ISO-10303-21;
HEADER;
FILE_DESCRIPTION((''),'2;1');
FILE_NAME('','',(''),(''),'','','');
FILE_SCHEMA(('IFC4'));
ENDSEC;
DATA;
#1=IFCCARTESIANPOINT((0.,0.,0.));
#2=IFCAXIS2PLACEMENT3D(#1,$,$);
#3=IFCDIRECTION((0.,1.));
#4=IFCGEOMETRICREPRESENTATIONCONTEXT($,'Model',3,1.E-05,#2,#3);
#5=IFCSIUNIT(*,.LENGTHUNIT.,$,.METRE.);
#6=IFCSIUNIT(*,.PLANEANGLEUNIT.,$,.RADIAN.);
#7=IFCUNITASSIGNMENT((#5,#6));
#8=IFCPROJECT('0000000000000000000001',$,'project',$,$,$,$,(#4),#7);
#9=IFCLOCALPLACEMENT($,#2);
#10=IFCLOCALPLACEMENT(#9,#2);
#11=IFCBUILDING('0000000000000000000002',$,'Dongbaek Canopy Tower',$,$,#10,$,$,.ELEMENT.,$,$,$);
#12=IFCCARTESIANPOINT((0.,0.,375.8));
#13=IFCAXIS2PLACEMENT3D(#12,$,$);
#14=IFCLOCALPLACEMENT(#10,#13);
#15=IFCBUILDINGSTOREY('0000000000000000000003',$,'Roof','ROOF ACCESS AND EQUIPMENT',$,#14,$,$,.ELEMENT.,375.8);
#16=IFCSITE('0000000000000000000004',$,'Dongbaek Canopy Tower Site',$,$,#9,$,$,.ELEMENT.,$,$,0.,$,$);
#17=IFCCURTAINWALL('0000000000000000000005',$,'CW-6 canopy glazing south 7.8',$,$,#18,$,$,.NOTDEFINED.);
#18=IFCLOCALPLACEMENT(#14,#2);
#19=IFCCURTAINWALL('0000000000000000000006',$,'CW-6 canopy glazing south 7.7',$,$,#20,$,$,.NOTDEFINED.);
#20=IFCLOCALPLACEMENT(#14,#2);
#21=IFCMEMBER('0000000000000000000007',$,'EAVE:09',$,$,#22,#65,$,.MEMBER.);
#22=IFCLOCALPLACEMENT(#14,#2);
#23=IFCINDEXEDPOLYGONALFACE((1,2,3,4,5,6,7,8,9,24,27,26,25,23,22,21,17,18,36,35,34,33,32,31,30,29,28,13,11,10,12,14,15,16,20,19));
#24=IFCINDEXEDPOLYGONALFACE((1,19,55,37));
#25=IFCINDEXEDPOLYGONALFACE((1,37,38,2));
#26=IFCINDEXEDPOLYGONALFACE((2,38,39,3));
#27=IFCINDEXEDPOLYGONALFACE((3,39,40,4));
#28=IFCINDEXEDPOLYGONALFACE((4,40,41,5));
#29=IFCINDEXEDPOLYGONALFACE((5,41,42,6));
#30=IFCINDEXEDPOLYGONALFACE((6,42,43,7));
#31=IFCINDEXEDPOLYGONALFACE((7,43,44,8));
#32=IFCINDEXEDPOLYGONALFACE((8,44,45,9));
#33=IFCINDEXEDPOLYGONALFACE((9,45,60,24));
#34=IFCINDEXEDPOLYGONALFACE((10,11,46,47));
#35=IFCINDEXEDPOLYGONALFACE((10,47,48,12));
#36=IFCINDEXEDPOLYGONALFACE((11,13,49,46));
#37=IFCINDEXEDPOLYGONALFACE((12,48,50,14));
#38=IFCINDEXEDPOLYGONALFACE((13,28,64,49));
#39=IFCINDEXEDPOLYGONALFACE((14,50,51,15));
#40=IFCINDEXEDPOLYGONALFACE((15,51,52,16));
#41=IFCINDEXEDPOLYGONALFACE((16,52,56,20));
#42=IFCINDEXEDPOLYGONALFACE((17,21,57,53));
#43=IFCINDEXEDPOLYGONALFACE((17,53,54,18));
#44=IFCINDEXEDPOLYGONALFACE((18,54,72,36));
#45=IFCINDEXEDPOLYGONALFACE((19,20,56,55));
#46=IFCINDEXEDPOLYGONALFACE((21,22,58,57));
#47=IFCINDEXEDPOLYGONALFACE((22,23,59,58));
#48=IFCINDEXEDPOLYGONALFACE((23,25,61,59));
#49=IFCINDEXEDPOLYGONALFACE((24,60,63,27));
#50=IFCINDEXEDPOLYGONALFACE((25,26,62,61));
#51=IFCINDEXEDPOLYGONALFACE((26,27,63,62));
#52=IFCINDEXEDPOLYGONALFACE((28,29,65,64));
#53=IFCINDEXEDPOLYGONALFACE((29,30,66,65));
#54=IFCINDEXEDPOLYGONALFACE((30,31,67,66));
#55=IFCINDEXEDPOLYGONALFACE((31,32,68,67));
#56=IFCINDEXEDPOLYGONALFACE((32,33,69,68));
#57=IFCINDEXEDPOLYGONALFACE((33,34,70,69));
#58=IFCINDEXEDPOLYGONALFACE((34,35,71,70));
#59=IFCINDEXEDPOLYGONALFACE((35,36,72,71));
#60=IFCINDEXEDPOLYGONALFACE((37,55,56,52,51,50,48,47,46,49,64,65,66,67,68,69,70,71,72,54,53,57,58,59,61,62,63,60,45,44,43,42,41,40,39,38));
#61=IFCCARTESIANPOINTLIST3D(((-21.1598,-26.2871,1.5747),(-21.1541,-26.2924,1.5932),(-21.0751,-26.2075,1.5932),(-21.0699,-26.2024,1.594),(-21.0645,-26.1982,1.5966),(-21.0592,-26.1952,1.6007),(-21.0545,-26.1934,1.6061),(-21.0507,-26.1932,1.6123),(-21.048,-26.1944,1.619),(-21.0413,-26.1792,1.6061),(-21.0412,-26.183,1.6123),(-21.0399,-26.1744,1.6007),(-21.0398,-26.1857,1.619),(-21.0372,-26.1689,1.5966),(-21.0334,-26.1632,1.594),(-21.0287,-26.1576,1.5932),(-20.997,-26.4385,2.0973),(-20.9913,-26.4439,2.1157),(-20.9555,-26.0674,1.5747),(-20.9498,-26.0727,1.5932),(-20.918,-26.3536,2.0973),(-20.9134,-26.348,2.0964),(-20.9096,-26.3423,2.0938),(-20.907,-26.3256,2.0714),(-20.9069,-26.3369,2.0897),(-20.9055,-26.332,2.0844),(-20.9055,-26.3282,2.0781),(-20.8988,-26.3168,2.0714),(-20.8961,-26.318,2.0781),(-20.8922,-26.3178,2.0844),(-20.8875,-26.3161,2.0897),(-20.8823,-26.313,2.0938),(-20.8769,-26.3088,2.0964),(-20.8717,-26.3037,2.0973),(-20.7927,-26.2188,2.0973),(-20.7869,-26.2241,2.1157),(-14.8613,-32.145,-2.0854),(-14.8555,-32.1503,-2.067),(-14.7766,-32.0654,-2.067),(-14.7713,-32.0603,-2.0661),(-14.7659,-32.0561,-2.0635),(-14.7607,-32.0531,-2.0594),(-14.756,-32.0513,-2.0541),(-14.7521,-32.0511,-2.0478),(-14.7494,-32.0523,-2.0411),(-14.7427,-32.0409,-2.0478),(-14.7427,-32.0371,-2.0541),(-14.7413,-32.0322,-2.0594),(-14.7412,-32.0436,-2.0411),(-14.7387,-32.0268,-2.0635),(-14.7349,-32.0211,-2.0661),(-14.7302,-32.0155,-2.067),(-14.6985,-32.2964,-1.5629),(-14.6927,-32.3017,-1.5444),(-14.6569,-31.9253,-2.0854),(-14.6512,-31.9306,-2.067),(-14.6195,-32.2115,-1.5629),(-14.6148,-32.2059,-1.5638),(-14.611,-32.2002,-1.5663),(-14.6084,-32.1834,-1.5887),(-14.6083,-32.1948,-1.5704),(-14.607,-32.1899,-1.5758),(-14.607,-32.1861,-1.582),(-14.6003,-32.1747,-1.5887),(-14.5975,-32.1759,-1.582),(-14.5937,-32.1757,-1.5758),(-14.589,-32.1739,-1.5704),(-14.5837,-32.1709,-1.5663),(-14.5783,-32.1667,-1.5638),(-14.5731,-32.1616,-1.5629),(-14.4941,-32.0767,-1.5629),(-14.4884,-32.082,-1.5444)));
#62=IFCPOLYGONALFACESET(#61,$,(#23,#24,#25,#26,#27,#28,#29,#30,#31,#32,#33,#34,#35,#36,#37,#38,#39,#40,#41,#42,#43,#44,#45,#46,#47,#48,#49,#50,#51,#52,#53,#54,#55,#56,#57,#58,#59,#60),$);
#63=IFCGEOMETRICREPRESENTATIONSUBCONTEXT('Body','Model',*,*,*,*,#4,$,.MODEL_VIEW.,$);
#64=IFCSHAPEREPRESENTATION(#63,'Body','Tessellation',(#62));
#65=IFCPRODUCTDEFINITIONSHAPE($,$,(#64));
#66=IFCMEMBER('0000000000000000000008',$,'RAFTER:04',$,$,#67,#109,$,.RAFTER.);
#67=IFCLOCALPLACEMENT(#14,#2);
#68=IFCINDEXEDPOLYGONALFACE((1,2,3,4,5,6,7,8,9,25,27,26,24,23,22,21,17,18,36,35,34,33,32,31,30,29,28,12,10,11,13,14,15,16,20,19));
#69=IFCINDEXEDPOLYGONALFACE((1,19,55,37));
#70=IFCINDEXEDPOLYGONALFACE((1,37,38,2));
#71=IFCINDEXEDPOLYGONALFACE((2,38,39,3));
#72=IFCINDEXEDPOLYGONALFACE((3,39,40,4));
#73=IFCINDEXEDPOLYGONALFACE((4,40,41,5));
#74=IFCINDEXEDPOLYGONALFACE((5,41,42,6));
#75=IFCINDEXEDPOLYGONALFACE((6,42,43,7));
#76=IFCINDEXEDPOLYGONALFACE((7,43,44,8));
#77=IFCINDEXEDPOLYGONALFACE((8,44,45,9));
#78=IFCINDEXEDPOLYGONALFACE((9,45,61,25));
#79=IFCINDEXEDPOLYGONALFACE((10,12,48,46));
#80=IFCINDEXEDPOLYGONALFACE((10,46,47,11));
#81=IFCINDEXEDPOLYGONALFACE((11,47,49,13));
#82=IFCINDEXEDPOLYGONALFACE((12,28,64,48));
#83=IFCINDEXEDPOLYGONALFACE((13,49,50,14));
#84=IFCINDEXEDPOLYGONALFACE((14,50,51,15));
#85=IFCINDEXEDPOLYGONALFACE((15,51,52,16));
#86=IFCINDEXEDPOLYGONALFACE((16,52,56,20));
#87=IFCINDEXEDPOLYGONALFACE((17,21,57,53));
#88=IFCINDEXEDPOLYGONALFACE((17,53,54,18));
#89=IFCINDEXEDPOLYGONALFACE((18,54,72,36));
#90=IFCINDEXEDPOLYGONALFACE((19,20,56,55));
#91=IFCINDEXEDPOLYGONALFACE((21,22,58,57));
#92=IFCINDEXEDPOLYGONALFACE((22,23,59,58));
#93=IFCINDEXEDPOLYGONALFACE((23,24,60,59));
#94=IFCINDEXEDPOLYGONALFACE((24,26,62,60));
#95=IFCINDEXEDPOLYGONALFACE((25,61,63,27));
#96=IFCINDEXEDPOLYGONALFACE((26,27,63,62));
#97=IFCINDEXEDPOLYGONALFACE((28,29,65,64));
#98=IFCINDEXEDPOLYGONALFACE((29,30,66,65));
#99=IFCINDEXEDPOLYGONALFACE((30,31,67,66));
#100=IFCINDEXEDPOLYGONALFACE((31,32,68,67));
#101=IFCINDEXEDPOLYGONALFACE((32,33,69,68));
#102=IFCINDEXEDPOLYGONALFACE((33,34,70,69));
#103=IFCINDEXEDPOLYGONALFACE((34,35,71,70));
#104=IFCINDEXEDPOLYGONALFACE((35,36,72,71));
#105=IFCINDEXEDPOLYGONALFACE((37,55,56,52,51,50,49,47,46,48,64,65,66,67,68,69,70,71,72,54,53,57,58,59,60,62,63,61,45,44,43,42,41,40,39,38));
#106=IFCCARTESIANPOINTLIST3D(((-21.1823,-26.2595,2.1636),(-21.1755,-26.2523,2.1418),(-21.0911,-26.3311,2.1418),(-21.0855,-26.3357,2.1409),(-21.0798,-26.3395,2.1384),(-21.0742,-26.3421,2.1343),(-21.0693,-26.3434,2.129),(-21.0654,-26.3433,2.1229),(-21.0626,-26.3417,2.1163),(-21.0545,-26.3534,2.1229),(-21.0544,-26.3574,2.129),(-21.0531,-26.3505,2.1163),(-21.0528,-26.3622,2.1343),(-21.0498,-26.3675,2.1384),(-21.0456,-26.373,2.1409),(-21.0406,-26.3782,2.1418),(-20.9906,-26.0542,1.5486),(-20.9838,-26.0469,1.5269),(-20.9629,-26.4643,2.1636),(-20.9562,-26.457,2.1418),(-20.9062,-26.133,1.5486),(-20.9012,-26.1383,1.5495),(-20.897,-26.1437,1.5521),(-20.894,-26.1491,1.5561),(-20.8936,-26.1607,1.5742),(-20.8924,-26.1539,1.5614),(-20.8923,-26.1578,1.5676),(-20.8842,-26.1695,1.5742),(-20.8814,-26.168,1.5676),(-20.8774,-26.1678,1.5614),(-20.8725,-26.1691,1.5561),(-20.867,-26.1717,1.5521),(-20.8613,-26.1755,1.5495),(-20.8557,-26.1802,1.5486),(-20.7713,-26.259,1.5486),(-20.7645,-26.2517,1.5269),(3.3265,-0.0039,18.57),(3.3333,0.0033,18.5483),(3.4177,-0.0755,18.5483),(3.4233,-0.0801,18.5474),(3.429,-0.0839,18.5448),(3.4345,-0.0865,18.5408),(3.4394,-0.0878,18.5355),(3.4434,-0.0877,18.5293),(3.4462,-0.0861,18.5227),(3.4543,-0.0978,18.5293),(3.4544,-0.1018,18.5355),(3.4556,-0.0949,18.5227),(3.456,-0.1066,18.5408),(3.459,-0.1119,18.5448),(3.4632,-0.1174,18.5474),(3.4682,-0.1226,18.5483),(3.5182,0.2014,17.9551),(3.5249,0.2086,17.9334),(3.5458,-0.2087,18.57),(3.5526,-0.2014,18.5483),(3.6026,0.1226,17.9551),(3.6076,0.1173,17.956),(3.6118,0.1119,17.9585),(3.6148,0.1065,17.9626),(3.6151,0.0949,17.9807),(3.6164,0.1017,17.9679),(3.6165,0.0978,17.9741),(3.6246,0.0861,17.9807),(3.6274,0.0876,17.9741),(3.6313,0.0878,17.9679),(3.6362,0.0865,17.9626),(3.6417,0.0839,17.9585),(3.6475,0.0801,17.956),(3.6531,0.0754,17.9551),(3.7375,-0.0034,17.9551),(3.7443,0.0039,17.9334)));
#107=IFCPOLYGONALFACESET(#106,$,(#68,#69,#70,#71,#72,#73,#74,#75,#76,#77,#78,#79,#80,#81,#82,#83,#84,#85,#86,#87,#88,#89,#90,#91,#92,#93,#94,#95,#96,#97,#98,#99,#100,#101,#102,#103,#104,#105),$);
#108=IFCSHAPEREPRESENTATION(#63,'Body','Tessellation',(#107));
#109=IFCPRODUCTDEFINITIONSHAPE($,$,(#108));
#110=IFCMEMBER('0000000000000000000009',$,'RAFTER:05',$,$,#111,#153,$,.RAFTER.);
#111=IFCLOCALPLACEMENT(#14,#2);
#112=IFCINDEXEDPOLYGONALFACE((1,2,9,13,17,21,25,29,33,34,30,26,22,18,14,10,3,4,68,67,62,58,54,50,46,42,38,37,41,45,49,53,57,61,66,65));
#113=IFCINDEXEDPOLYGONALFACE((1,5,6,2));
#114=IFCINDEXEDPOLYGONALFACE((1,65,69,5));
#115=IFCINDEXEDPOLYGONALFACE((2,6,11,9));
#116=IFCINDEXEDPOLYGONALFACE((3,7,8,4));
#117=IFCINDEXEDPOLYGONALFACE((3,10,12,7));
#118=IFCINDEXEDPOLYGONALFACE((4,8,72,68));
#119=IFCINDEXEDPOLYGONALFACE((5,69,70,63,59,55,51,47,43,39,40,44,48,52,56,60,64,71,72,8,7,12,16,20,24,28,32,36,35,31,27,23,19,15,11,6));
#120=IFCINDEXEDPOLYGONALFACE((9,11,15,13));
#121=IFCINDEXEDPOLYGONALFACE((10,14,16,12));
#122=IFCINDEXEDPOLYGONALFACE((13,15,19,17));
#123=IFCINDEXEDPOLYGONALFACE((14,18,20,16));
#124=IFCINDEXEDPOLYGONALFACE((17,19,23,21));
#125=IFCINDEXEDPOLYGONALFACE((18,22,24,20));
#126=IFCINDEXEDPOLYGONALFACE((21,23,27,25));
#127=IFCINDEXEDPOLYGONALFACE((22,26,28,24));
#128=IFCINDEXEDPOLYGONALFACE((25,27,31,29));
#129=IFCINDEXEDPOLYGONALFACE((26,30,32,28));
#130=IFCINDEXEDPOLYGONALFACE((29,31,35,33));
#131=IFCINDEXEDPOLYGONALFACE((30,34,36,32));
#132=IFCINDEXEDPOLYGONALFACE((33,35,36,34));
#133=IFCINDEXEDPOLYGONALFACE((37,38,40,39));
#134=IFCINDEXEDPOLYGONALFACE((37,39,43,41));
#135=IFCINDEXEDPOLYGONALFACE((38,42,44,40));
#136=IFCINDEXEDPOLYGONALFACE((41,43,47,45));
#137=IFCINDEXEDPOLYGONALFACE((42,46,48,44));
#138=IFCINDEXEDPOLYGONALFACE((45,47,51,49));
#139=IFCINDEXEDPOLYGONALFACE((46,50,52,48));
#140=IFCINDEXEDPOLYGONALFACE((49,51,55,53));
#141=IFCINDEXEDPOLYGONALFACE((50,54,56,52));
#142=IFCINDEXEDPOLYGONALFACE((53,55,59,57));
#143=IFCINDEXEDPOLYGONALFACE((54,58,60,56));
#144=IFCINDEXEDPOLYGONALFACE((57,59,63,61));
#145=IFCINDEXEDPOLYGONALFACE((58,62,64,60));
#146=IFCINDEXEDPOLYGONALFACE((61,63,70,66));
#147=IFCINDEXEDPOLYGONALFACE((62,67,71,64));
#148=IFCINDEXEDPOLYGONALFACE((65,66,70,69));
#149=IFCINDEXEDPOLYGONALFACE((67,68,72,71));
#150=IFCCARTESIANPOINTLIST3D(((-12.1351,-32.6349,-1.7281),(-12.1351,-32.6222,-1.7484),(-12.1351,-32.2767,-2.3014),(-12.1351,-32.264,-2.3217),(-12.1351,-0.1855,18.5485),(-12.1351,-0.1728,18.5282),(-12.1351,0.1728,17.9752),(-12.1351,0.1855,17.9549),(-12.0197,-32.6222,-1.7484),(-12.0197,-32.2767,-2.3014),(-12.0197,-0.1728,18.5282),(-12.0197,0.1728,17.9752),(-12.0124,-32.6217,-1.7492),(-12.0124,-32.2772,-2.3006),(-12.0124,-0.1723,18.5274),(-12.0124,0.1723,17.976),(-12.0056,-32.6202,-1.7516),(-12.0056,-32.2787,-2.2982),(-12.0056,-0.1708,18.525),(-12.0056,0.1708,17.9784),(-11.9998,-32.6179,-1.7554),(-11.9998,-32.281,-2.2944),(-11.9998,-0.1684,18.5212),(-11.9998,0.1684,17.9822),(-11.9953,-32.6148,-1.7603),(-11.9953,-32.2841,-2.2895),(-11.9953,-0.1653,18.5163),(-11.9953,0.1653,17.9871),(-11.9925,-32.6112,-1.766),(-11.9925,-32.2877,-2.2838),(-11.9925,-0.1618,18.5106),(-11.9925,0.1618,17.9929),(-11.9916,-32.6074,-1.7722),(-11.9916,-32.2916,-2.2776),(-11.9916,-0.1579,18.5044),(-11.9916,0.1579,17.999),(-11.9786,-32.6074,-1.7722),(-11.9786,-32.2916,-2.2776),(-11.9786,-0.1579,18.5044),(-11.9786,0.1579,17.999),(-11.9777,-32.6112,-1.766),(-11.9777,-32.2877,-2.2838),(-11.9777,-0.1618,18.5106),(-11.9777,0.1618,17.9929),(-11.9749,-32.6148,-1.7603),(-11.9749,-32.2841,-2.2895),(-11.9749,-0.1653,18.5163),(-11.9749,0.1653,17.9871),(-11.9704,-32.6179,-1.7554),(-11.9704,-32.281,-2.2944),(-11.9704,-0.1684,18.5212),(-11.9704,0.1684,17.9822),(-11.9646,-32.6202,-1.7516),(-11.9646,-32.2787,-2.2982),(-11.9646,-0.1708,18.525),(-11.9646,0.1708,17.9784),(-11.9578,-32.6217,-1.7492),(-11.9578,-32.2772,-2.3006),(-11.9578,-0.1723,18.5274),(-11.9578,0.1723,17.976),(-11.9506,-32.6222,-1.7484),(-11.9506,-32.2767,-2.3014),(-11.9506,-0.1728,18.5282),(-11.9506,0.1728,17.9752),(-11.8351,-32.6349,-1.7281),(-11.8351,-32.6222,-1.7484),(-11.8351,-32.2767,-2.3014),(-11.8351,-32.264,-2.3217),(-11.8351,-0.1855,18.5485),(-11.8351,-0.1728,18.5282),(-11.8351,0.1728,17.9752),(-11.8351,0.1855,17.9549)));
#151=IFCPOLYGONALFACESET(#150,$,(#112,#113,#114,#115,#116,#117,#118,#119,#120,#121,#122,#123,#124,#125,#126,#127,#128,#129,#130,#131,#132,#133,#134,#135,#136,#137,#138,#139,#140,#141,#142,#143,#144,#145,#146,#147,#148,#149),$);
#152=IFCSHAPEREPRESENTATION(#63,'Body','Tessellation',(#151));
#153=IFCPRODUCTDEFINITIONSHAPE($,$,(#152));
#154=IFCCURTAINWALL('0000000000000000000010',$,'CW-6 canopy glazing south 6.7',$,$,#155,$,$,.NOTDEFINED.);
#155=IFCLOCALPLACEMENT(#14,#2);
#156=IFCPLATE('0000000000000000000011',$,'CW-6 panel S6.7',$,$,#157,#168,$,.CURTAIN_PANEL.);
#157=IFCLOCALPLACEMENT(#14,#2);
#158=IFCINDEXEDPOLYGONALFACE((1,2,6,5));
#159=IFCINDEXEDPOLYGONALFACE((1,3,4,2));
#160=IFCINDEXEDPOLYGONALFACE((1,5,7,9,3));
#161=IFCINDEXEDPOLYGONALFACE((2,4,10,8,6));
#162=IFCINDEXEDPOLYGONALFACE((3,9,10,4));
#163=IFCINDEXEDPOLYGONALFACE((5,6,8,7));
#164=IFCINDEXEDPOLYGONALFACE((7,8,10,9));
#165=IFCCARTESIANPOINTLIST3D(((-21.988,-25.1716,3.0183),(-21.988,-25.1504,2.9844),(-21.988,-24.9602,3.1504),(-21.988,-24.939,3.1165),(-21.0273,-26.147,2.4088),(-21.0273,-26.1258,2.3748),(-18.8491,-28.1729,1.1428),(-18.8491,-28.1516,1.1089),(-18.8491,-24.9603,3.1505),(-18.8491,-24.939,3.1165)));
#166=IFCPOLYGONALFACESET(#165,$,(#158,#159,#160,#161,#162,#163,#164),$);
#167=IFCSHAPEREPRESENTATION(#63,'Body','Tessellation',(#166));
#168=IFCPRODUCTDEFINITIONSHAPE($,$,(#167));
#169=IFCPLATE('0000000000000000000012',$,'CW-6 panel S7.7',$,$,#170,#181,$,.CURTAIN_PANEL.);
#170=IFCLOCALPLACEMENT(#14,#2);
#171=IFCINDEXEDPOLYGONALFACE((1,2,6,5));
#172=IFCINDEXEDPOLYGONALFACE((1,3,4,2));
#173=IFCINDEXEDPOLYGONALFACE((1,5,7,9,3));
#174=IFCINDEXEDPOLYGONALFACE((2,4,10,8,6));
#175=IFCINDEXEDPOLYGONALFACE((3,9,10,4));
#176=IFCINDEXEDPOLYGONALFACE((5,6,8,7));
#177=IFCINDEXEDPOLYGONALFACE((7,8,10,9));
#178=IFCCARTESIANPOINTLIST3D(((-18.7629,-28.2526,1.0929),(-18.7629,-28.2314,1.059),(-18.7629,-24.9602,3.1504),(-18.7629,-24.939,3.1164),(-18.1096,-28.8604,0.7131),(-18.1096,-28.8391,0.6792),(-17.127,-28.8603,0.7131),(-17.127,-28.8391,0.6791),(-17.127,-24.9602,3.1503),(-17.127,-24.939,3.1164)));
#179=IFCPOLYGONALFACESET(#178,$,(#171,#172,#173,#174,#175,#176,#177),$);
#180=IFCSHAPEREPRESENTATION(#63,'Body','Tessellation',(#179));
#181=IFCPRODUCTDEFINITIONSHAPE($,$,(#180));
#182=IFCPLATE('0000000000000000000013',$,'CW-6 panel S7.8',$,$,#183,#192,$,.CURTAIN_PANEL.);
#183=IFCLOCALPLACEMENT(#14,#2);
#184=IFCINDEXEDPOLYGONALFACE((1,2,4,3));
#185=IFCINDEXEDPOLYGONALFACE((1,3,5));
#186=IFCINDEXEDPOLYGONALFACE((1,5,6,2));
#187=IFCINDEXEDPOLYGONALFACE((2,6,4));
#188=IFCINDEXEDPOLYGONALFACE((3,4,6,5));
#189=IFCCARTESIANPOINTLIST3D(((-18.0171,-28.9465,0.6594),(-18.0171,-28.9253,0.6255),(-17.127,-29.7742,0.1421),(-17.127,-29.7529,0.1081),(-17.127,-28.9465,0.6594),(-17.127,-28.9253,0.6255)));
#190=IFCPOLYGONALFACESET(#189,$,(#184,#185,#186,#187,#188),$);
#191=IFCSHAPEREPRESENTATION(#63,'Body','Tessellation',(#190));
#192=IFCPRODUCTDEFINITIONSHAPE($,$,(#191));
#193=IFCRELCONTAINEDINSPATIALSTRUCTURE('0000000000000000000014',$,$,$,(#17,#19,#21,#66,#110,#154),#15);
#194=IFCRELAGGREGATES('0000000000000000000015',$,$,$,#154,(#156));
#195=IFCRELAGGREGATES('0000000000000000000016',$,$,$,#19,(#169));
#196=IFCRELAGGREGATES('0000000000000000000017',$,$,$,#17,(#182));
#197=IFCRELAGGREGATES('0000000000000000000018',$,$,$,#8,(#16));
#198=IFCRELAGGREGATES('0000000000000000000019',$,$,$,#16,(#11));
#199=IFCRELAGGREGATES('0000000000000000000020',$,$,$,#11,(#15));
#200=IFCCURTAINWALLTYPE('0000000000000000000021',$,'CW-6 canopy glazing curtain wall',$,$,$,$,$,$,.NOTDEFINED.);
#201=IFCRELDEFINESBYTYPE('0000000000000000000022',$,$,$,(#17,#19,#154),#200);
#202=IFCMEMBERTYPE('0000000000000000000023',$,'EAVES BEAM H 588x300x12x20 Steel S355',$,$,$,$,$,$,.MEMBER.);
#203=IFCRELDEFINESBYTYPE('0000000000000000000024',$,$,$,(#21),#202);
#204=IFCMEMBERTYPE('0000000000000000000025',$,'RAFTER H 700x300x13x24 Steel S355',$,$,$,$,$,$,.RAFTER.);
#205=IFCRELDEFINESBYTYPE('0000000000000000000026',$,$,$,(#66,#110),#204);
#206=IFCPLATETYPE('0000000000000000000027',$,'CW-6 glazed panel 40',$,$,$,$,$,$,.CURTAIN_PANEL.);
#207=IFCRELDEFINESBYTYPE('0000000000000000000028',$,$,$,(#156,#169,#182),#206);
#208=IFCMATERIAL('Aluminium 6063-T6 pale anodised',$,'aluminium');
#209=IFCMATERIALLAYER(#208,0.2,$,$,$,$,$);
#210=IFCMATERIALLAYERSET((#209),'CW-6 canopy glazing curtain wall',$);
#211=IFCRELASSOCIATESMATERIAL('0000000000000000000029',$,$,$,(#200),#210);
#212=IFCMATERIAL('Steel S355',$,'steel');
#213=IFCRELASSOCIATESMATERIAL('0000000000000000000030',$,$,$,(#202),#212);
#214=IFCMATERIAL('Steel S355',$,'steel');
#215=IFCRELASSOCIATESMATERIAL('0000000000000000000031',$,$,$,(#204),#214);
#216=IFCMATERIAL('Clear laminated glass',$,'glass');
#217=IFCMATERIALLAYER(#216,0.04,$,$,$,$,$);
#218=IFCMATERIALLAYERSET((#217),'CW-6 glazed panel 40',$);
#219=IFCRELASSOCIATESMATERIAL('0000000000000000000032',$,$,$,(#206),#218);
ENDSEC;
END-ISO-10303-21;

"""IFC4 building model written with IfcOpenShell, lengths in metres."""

from ifc_helpers import new_model, si_unit, direction, frame, origin, origin_2d, place, context, subcontext, project, spatial, polyline, i_section, outline, extrude, material, layer, layer_set, material_profile, profile_set, type_object, element, aggregate, save


model = new_model("IFC4")

# Units and contexts
model_context = context("Model", 3, precision=1e-05, world=origin(), true_north=direction((0.0, 1.0)))
body_context = subcontext(model_context, "Body", "Model", "MODEL_VIEW")
ifc_project = project(units=[si_unit("LENGTHUNIT", "METRE"), si_unit("PLANEANGLEUNIT", "RADIAN")], contexts=[model_context])

# Site, building, storey
site_placement = place(None, origin())
site = spatial("IfcSite", under=ifc_project, at=site_placement, Name="Dongbaek Canopy Tower Site", CompositionType="ELEMENT", RefElevation=0.0)
building_placement = place(site_placement, origin())
building = spatial("IfcBuilding", under=site, at=building_placement, Name="Dongbaek Canopy Tower", CompositionType="ELEMENT")
storey_placement = place(building_placement, frame((0.0, 0.0, 375.8)))
storey = spatial("IfcBuildingStorey", under=building, at=storey_placement, Name="Roof", Description="ROOF ACCESS AND EQUIPMENT", CompositionType="ELEMENT", Elevation=375.8)

# Curtain walls
ifc_material_1 = material(Name="Aluminium 6063-T6 pale anodised", Category="aluminium")
ifc_layer_1 = layer(ifc_material_1, 0.2)
ifc_layer_set_1 = layer_set([ifc_layer_1], Name="CW-6 canopy glazing curtain wall")
curtain_wall_type = type_object("IfcCurtainWallType", Name="CW-6 canopy glazing curtain wall", PredefinedType="NOTDEFINED", material=ifc_layer_set_1)
curtain_wall_1_placement = place(storey_placement, origin())
curtain_wall_1 = element("IfcCurtainWall", 1, at=curtain_wall_1_placement, inside=storey, type_object=curtain_wall_type, Name="CW-6 canopy glazing south 7.8", PredefinedType="NOTDEFINED")
curtain_wall_2_placement = place(storey_placement, origin())
curtain_wall_2 = element("IfcCurtainWall", 2, at=curtain_wall_2_placement, inside=storey, type_object=curtain_wall_type, Name="CW-6 canopy glazing south 7.7", PredefinedType="NOTDEFINED")

# Members
ifc_material_2 = material(Name="Steel S355", Category="steel")
ifc_material_profile_1 = material_profile(ifc_material_2, i_section(OverallWidth=0.3, OverallDepth=0.5879, WebThickness=0.012, FlangeThickness=0.02, FilletRadius=0.0281, at=origin_2d()), Name="EAVES BEAM H 588x300x12x20 Steel S355")
ifc_profile_set_1 = profile_set([ifc_material_profile_1], Name="Steel S355")
member_type_1 = type_object("IfcMemberType", Name="EAVES BEAM H 588x300x12x20 Steel S355", PredefinedType="MEMBER", material=ifc_profile_set_1)
member_1_placement = place(storey_placement, frame((-20.9734, -26.2556, 1.8452), z_axis=(0.673794, -0.626652, -0.391547), x_axis=(0.681027, 0.732258, 0.0)))
element("IfcMember", 3, at=member_1_placement, inside=storey, type_object=member_type_1, Name="EAVE:09", PredefinedType="MEMBER", context=body_context, shape_type="SweptSolid", body=[
    extrude(i_section(OverallWidth=0.3, OverallDepth=0.5879, WebThickness=0.012, FlangeThickness=0.02, FilletRadius=0.0281, at=origin_2d()), origin(), (0.0, 0.0, 1.0), 9.3479),
])
ifc_material_3 = material(Name="Steel S355", Category="steel")
ifc_material_profile_2 = material_profile(ifc_material_3, i_section(OverallWidth=0.3, OverallDepth=0.7, WebThickness=0.0129, FlangeThickness=0.0239, FilletRadius=0.0281, at=origin_2d()), Name="RAFTER H 700x300x13x24 Steel S355")
ifc_profile_set_2 = profile_set([ifc_material_profile_2], Name="Steel S355")
member_type_2 = type_object("IfcMemberType", Name="RAFTER H 700x300x13x24 Steel S355", PredefinedType="RAFTER", material=ifc_profile_set_2)
member_2_placement = place(storey_placement, frame((-20.9734, -26.2556, 1.8452), z_axis=(0.620682, 0.664921, 0.415493), x_axis=(-0.731006, 0.682371, 0.0)))
element("IfcMember", 4, at=member_2_placement, inside=storey, type_object=member_type_2, Name="RAFTER:04", PredefinedType="RAFTER", context=body_context, shape_type="SweptSolid", body=[
    extrude(i_section(OverallWidth=0.3, OverallDepth=0.7, WebThickness=0.0129, FlangeThickness=0.0239, FilletRadius=0.0281, at=origin_2d()), origin(), (0.0, 0.0, 1.0), 39.4868),
])
member_3_placement = place(storey_placement, frame((-11.9851, -32.4495, -2.0249), z_axis=(0.0, 0.848049, 0.529918), x_axis=(-1.0, 0.0, 0.0)))
element("IfcMember", 5, at=member_3_placement, inside=storey, type_object=member_type_2, Name="RAFTER:05", PredefinedType="RAFTER", context=body_context, shape_type="SweptSolid", body=[
    extrude(i_section(OverallWidth=0.3, OverallDepth=0.7, WebThickness=0.0129, FlangeThickness=0.0239, FilletRadius=0.0281, at=origin_2d()), origin(), (0.0, 0.0, 1.0), 38.2637),
])

# Curtain wall, plate
curtain_wall_3_placement = place(storey_placement, origin())
curtain_wall_3 = element("IfcCurtainWall", 6, at=curtain_wall_3_placement, inside=storey, type_object=curtain_wall_type, Name="CW-6 canopy glazing south 6.7", PredefinedType="NOTDEFINED")
ifc_material_4 = material(Name="Clear laminated glass", Category="glass")
ifc_layer_2 = layer(ifc_material_4, 0.04)
ifc_layer_set_2 = layer_set([ifc_layer_2], Name="CW-6 glazed panel 40")
plate_type = type_object("IfcPlateType", Name="CW-6 glazed panel 40", PredefinedType="CURTAIN_PANEL", material=ifc_layer_set_2)
plate_1_placement = place(storey_placement, frame((-21.988, -25.1716, 3.0183), z_axis=(-0.000018, -0.52995, 0.848029), x_axis=(0.0, 0.848029, 0.52995)))
plate_1 = element("IfcPlate", 7, at=plate_1_placement, type_object=plate_type, Name="CW-6 panel S6.7", PredefinedType="CURTAIN_PANEL", context=body_context, shape_type="SweptSolid", body=[
    extrude(outline(polyline([(0.0, 0.0), (0.2493, 0.0), (0.2493, -3.1389), (-3.539, -3.1389), (-1.1502, -0.9607), (0.0, 0.0)])), origin(), (0.0, 0.0, -1.0), 0.04),
])
aggregate(curtain_wall_3, [plate_1])

# Plates
plate_2_placement = place(storey_placement, frame((-18.7629, -24.9602, 3.1504), z_axis=(0.000038, -0.529942, 0.848034), x_axis=(1.0, 0.00002, -0.000033)))
plate_2 = element("IfcPlate", 8, at=plate_2_placement, type_object=plate_type, Name="CW-6 panel S7.7", PredefinedType="CURTAIN_PANEL", context=body_context, shape_type="SweptSolid", body=[
    extrude(outline(polyline([(0.0, 0.0), (1.636, 0.0), (1.636, -4.5991), (0.6533, -4.5991), (0.0, -3.8824), (0.0, 0.0)])), origin(), (0.0, 0.0, -1.0), 0.04),
])
aggregate(curtain_wall_2, [plate_2])
plate_3_placement = place(storey_placement, frame((-17.127, -29.7742, 0.1421), z_axis=(0.0, -0.530044, 0.84797), x_axis=(-0.673851, 0.626537, 0.391632)))
plate_3 = element("IfcPlate", 9, at=plate_3_placement, type_object=plate_type, Name="CW-6 panel S7.8", PredefinedType="CURTAIN_PANEL", context=body_context, shape_type="SweptSolid", body=[
    extrude(outline(polyline([(0.0, 0.0), (1.321, 0.0), (0.7211, -0.6577), (0.0, 0.0)])), origin(), (0.0, 0.0, -1.0), 0.04),
])
aggregate(curtain_wall_1, [plate_3])

save(model, "model.ifc")
